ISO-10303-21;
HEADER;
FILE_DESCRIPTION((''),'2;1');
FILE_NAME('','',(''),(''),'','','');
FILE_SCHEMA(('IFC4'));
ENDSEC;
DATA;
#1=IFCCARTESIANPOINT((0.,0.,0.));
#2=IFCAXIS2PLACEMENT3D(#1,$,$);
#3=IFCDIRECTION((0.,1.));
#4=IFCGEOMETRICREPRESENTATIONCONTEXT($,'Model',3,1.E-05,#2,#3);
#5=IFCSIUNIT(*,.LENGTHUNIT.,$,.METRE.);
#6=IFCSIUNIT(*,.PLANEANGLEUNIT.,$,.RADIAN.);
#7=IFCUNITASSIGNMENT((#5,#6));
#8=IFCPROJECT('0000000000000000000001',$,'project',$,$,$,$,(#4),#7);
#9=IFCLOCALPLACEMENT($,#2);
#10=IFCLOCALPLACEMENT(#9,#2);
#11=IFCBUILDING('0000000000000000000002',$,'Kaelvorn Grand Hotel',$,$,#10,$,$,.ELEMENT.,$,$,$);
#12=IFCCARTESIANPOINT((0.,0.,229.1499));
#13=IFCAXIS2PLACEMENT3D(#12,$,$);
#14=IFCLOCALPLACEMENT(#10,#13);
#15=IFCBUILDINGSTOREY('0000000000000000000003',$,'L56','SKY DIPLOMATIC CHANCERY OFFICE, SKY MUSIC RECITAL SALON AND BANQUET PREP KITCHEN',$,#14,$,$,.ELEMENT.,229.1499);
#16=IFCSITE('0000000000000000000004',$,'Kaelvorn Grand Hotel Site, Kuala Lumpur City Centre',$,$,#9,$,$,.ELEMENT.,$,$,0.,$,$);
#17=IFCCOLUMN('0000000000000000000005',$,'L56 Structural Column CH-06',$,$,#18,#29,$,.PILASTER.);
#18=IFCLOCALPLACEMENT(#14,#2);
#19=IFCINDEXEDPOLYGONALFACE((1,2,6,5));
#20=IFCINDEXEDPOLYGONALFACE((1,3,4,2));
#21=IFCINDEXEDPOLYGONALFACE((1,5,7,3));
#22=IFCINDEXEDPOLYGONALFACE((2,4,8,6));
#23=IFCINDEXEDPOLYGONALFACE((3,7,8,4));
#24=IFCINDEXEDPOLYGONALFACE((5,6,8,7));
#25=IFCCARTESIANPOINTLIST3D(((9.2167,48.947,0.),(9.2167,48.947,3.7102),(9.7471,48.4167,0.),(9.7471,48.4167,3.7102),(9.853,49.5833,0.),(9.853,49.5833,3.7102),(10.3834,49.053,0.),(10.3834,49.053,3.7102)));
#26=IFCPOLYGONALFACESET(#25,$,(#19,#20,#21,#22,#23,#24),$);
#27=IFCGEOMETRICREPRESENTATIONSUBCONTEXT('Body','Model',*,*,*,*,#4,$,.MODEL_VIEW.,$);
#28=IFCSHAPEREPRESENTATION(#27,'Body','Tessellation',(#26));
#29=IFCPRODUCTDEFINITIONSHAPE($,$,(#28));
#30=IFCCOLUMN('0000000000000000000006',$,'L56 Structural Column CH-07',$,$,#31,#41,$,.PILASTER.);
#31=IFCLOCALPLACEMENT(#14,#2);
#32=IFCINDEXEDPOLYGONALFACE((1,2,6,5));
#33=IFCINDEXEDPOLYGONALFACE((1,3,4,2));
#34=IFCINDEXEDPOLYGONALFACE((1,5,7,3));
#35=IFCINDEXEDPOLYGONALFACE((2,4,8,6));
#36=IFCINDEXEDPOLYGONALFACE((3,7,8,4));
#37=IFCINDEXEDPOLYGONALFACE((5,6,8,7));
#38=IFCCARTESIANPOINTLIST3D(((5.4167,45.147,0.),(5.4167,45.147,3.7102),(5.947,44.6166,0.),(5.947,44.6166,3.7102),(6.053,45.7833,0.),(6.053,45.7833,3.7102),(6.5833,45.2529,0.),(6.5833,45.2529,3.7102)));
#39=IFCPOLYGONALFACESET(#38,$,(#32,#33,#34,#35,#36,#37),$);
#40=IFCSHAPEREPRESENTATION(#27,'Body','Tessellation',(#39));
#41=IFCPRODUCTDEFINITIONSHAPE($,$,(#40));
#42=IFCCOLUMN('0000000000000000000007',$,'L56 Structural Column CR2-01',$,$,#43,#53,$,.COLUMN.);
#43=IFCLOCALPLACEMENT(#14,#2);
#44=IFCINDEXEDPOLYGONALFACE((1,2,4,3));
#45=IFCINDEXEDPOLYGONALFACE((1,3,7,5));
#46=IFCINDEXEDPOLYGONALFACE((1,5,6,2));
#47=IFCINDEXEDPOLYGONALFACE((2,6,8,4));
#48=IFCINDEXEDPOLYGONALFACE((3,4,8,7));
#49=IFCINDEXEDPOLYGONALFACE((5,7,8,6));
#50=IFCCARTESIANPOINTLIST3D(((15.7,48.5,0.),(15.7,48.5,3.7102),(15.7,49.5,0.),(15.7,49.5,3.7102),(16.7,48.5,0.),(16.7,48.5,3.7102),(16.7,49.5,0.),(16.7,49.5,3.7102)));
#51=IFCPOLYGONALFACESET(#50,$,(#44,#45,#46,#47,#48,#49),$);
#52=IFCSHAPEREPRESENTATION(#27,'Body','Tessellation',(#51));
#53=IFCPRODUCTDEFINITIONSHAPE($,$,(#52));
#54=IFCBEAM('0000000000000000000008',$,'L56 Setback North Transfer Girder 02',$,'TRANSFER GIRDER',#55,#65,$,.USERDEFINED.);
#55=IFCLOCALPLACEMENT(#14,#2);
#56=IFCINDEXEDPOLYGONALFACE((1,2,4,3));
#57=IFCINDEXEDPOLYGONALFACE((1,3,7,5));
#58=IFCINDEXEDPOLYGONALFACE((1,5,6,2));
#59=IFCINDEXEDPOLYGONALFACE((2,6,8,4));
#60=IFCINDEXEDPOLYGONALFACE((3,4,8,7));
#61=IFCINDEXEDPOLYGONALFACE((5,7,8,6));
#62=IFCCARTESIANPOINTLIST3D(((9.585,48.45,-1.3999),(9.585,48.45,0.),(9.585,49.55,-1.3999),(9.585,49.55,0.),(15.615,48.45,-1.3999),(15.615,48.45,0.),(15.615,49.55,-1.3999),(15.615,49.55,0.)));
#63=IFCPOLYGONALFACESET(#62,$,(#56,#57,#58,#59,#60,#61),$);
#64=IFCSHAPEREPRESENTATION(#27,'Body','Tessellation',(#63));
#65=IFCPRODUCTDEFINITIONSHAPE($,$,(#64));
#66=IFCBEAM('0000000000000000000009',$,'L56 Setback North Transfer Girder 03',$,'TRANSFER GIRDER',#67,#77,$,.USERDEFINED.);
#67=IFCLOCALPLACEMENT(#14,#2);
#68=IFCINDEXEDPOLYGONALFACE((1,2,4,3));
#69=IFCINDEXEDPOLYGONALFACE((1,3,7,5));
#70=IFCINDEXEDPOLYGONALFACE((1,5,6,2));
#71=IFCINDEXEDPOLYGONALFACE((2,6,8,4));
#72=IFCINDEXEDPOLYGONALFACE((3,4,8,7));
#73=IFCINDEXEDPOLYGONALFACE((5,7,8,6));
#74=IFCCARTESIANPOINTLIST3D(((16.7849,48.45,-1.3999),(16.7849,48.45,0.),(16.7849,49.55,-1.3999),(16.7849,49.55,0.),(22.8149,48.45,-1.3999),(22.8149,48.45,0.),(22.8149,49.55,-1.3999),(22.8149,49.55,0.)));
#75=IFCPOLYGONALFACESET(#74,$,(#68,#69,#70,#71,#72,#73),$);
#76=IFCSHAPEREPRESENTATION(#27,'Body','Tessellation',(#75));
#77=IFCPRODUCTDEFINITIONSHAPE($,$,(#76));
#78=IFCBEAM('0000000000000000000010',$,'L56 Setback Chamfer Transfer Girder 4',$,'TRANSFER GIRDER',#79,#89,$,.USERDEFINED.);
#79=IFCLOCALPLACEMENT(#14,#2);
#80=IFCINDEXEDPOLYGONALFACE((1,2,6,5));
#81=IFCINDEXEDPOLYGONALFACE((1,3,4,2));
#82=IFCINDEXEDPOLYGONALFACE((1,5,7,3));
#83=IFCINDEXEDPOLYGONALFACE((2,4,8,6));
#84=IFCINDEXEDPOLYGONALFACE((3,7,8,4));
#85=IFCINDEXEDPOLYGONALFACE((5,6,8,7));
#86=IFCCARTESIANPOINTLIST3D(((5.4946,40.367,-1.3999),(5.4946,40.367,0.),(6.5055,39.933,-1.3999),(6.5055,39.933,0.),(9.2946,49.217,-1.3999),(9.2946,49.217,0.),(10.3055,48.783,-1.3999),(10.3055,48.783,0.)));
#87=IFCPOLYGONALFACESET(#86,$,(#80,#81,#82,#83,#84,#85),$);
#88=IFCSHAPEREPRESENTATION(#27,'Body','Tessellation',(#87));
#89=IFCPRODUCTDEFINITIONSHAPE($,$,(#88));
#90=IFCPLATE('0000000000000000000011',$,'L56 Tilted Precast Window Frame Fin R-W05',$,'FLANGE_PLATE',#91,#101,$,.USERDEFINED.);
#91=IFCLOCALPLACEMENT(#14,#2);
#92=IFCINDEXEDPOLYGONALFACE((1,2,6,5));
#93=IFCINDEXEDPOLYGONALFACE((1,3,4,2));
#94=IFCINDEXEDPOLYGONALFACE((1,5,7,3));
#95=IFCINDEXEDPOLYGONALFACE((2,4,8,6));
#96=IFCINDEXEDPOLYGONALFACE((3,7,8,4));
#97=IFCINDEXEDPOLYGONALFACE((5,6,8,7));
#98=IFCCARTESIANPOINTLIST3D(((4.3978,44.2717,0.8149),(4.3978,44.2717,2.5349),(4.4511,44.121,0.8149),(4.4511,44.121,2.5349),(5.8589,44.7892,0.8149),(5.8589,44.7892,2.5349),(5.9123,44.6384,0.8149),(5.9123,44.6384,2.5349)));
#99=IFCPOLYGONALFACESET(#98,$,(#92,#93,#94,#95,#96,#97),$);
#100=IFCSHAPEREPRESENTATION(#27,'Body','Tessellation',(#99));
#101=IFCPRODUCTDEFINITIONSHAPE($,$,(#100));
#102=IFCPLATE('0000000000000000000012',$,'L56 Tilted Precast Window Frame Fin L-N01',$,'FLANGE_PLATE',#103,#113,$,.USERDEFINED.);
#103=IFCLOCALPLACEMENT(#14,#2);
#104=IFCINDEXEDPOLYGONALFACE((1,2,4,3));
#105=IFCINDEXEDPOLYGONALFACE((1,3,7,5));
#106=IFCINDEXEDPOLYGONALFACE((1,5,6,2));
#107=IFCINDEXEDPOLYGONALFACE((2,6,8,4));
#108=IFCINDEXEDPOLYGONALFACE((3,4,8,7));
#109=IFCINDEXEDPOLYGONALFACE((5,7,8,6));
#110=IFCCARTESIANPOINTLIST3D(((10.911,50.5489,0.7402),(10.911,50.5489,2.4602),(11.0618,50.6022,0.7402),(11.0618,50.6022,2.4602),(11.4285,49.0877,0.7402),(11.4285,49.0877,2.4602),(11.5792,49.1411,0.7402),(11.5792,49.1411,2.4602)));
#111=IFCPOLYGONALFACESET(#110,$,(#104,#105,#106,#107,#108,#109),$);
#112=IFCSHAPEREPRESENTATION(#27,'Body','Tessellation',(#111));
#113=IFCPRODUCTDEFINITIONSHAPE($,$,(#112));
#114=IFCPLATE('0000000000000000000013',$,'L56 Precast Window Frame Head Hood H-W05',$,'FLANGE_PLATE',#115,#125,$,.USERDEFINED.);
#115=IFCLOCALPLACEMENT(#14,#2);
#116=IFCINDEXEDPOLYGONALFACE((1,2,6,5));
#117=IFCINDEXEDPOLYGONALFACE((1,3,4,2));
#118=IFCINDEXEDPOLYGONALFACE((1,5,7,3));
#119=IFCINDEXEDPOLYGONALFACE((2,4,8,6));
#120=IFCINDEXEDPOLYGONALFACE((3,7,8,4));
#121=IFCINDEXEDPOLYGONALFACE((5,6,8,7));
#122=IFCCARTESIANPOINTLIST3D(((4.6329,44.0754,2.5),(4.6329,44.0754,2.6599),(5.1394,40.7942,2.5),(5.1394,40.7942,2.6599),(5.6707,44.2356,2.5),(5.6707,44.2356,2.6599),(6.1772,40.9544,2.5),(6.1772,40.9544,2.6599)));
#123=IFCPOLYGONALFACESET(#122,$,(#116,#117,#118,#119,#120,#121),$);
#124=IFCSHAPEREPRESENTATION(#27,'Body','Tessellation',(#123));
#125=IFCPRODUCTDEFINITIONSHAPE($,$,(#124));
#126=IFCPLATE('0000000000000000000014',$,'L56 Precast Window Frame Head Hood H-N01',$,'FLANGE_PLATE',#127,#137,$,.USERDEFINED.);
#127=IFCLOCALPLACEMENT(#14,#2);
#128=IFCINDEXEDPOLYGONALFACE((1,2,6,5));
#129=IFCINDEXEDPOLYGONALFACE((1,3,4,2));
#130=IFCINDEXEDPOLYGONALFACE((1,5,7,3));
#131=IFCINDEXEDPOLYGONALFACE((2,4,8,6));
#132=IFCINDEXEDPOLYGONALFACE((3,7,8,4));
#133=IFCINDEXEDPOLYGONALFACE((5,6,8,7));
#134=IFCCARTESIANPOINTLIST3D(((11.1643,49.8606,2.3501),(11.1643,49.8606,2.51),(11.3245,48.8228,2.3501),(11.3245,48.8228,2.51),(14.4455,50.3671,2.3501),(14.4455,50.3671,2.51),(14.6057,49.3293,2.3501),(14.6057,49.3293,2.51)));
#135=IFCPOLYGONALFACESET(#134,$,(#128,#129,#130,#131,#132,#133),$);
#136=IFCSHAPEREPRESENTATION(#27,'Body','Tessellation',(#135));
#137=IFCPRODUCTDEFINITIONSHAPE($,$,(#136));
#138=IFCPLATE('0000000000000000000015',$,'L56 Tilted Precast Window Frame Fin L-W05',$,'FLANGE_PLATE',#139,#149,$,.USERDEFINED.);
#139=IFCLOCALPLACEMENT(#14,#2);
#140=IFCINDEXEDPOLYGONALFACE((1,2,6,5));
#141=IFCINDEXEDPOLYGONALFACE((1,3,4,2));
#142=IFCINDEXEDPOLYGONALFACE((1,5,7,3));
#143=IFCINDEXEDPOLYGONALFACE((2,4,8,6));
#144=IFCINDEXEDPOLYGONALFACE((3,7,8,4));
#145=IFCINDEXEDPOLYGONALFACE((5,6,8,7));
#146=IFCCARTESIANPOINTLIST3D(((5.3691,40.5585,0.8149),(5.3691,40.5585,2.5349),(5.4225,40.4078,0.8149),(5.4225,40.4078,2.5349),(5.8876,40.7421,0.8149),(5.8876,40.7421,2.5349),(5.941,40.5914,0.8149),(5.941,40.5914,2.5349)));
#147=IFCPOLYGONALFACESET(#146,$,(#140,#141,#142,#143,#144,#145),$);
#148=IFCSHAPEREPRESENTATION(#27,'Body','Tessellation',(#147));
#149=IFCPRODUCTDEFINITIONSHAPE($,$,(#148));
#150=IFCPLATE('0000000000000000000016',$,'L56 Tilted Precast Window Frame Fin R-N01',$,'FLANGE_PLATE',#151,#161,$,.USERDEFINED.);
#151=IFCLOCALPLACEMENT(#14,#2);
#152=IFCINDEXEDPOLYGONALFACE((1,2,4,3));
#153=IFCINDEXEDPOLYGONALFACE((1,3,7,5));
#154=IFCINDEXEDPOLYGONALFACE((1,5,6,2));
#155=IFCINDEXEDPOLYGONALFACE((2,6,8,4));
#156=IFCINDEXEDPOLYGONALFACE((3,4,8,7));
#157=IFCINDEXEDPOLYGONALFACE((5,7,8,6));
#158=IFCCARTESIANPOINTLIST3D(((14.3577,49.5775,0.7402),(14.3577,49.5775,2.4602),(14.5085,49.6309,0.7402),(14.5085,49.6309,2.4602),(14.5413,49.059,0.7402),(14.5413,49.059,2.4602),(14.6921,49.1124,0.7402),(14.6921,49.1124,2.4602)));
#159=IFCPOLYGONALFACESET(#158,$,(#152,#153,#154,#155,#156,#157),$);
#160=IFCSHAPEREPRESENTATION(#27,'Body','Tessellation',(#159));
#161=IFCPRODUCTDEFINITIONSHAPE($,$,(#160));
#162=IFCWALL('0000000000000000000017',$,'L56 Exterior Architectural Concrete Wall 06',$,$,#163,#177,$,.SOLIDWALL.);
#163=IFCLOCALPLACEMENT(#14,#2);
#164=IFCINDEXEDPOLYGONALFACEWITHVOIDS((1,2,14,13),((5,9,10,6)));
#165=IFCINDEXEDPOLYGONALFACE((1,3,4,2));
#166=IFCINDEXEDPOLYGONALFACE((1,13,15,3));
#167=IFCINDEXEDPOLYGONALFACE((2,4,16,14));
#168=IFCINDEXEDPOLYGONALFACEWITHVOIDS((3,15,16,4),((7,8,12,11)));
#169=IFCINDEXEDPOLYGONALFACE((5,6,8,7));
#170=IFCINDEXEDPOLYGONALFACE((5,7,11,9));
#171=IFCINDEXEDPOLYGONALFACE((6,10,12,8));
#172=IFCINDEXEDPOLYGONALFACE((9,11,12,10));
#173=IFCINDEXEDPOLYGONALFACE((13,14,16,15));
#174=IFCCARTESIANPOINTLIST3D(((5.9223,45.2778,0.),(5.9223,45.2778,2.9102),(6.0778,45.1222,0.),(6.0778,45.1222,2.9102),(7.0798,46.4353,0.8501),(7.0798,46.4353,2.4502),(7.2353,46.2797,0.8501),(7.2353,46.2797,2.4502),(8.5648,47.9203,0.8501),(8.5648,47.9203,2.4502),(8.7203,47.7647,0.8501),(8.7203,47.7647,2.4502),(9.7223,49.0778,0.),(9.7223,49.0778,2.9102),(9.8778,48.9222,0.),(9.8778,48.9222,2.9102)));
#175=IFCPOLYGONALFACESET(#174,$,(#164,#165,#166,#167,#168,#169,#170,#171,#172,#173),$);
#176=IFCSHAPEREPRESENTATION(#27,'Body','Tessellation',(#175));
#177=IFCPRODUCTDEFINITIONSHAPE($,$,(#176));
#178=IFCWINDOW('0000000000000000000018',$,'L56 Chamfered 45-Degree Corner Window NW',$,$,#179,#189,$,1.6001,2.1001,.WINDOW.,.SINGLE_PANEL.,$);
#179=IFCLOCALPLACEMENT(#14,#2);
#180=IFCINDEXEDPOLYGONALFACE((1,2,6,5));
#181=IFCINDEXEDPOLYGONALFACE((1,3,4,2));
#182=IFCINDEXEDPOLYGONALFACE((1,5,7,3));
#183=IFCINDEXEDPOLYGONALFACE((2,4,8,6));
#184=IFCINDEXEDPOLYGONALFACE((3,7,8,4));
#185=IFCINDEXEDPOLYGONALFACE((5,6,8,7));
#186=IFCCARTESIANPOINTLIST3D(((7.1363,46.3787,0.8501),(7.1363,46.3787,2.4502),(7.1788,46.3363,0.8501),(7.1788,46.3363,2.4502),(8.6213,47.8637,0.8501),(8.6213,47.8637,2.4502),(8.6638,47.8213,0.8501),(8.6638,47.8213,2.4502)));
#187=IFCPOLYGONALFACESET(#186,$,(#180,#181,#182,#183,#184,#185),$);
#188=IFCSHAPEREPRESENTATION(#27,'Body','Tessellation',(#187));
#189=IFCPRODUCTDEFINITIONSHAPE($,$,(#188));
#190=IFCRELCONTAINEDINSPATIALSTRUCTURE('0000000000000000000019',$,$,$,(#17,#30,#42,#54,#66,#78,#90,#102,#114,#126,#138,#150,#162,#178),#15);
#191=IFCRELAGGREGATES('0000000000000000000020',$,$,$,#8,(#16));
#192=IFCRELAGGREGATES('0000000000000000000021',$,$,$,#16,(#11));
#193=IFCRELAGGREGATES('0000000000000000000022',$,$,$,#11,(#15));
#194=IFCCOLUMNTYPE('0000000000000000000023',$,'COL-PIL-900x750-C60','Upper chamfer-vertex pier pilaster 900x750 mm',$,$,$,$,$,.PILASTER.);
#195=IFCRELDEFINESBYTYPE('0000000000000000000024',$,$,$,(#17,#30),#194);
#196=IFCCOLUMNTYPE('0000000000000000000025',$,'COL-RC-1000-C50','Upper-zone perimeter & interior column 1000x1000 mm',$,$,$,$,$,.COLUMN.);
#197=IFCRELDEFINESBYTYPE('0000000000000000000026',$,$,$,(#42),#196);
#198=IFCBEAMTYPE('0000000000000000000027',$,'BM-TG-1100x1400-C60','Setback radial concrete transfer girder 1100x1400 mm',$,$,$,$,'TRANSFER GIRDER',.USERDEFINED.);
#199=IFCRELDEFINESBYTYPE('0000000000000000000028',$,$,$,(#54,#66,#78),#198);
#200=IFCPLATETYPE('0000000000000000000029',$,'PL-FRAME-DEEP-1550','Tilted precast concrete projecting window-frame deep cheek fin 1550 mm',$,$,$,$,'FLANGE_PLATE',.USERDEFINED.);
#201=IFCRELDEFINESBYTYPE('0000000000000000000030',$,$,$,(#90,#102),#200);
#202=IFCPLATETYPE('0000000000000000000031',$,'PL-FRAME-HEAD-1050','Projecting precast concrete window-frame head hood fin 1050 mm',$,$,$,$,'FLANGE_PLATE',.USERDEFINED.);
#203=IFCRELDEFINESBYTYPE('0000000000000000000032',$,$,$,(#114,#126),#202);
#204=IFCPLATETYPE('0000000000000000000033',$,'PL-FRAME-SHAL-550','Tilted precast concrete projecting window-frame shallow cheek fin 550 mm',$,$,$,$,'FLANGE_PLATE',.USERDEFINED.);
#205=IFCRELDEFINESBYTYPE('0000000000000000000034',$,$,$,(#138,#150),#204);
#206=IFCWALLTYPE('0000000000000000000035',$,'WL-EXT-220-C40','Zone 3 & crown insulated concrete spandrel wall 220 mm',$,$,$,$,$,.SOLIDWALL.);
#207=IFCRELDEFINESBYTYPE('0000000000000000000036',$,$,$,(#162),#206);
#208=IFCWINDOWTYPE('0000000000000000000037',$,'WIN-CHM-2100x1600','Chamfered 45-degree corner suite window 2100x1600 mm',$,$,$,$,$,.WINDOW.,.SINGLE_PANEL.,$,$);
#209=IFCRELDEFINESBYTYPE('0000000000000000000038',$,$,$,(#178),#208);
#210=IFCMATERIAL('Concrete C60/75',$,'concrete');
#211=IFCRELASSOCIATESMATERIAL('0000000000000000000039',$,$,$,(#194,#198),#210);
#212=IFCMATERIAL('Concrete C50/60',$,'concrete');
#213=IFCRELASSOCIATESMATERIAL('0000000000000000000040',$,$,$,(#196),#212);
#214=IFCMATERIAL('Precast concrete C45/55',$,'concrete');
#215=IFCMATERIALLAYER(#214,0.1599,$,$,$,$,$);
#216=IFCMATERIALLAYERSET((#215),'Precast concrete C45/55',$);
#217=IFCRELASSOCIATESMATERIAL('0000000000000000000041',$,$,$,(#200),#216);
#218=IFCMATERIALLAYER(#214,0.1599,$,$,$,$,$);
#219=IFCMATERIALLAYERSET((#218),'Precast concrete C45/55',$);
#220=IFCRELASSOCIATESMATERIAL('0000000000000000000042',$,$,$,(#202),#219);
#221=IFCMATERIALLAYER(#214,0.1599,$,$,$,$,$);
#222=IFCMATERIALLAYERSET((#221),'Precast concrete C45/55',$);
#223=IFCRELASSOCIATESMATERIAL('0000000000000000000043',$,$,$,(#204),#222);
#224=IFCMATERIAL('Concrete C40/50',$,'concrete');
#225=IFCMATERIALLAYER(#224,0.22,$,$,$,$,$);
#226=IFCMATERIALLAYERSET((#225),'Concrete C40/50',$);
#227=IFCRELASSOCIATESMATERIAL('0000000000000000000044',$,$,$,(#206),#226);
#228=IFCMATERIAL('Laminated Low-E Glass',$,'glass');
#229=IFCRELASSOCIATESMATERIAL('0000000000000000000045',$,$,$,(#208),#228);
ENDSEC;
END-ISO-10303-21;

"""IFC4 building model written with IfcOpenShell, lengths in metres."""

from ifc_helpers import new_model, si_unit, direction, frame, frame_2d, origin, origin_2d, place, context, subcontext, project, spatial, rectangle, extrude, material, layer, layer_set, material_profile, profile_set, type_object, element, fill, save


model = new_model("IFC4")

# Units and contexts
model_context = context("Model", 3, precision=1e-05, world=origin(), true_north=direction((0.0, 1.0)))
body_context = subcontext(model_context, "Body", "Model", "MODEL_VIEW")
ifc_project = project(units=[si_unit("LENGTHUNIT", "METRE"), si_unit("PLANEANGLEUNIT", "RADIAN")], contexts=[model_context])

# Site, building, storey
site_placement = place(None, origin())
site = spatial("IfcSite", under=ifc_project, at=site_placement, Name="Kaelvorn Grand Hotel Site, Kuala Lumpur City Centre", CompositionType="ELEMENT", RefElevation=0.0)
building_placement = place(site_placement, origin())
building = spatial("IfcBuilding", under=site, at=building_placement, Name="Kaelvorn Grand Hotel", CompositionType="ELEMENT")
storey_placement = place(building_placement, frame((0.0, 0.0, 229.1499)))
storey = spatial("IfcBuildingStorey", under=building, at=storey_placement, Name="L56", Description="SKY DIPLOMATIC CHANCERY OFFICE, SKY MUSIC RECITAL SALON AND BANQUET PREP KITCHEN", CompositionType="ELEMENT", Elevation=229.1499)

# Columns
ifc_material_1 = material(Name="Concrete C60/75", Category="concrete")
ifc_material_profile_1 = material_profile(ifc_material_1, rectangle(XDim=0.8999, YDim=0.75, at=origin_2d()), Name="RC PILASTER 900x750")
ifc_profile_set_1 = profile_set([ifc_material_profile_1], Name="Concrete C60/75")
column_type_1 = type_object("IfcColumnType", Name="COL-PIL-900x750-C60", Description="Upper chamfer-vertex pier pilaster 900x750 mm", PredefinedType="PILASTER", material=ifc_profile_set_1)
for number, where, z_axis, x_axis, name in (
    (1, (9.8, 49.0, 0.0), (0.0, 0.0, 1.0), (0.707107, 0.707107, 0.0), "L56 Structural Column CH-06"),
    (2, (6.0, 45.2, 0.0), (0.0, 0.0, 1.0), (0.707107, 0.707107, 0.0), "L56 Structural Column CH-07"),
):
    element("IfcColumn", number, at=place(storey_placement, frame(where, z_axis=z_axis, x_axis=x_axis)), inside=storey, type_object=column_type_1, Name=name, PredefinedType="PILASTER", context=body_context, shape_type="SweptSolid", body=[
        extrude(rectangle(XDim=0.8999, YDim=0.75, at=origin_2d()), origin(), (0.0, 0.0, 1.0), 3.7102),
    ])
ifc_material_2 = material(Name="Concrete C50/60", Category="concrete")
ifc_material_profile_2 = material_profile(ifc_material_2, rectangle(XDim=1.0, YDim=1.0, at=origin_2d()), Name="RC COL 1000x1000")
ifc_profile_set_2 = profile_set([ifc_material_profile_2], Name="Concrete C50/60")
column_type_2 = type_object("IfcColumnType", Name="COL-RC-1000-C50", Description="Upper-zone perimeter & interior column 1000x1000 mm", PredefinedType="COLUMN", material=ifc_profile_set_2)
column_placement = place(storey_placement, frame((16.2, 49.0, 0.0), z_axis=(0.0, 0.0, 1.0), x_axis=(1.0, 0.0, 0.0)))
element("IfcColumn", 3, at=column_placement, inside=storey, type_object=column_type_2, Name="L56 Structural Column CR2-01", PredefinedType="COLUMN", context=body_context, shape_type="SweptSolid", body=[
    extrude(rectangle(XDim=1.0, YDim=1.0, at=origin_2d()), origin(), (0.0, 0.0, 1.0), 3.7102),
])

# Beams
ifc_material_profile_3 = material_profile(ifc_material_1, rectangle(XDim=1.1001, YDim=1.3999, at=origin_2d()), Name="RC TG 1100x1400")
ifc_profile_set_3 = profile_set([ifc_material_profile_3], Name="Concrete C60/75")
beam_type = type_object("IfcBeamType", Name="BM-TG-1100x1400-C60", Description="Setback radial concrete transfer girder 1100x1400 mm", ElementType="TRANSFER GIRDER", PredefinedType="USERDEFINED", material=ifc_profile_set_3)
for number, where, z_axis, x_axis, name in (
    (4, (9.585, 49.0, -0.7), (1.0, 0.0, 0.0), (0.0, 1.0, 0.0), "L56 Setback North Transfer Girder 02"),
    (5, (16.7849, 49.0, -0.7), (1.0, 0.0, 0.0), (0.0, 1.0, 0.0), "L56 Setback North Transfer Girder 03"),
):
    element("IfcBeam", number, at=place(storey_placement, frame(where, z_axis=z_axis, x_axis=x_axis)), inside=storey, type_object=beam_type, Name=name, ObjectType="TRANSFER GIRDER", PredefinedType="USERDEFINED", context=body_context, shape_type="SweptSolid", body=[
        extrude(rectangle(XDim=1.1001, YDim=1.3999, at=origin_2d()), origin(), (0.0, 0.0, 1.0), 6.03),
    ])
beam_placement = place(storey_placement, frame((9.8, 49.0, -0.7), z_axis=(-0.394546, -0.918876, 0.0), x_axis=(0.918876, -0.394546, 0.0)))
element("IfcBeam", 6, at=beam_placement, inside=storey, type_object=beam_type, Name="L56 Setback Chamfer Transfer Girder 4", ObjectType="TRANSFER GIRDER", PredefinedType="USERDEFINED", context=body_context, shape_type="SweptSolid", body=[
    extrude(rectangle(XDim=1.1001, YDim=1.3999, at=origin_2d()), origin(), (0.0, 0.0, 1.0), 9.6313),
])

# Plates
ifc_material_3 = material(Name="Precast concrete C45/55", Category="concrete")
ifc_layer_1 = layer(ifc_material_3, 0.1599)
ifc_layer_set_1 = layer_set([ifc_layer_1], Name="Precast concrete C45/55")
plate_type_1 = type_object("IfcPlateType", Name="PL-FRAME-DEEP-1550", Description="Tilted precast concrete projecting window-frame deep cheek fin 1550 mm", ElementType="FLANGE_PLATE", PredefinedType="USERDEFINED", material=ifc_layer_set_1)
for number, where, z_axis, x_axis, name in (
    (7, (5.155, 44.4551, 0.8149), (0.0, 0.0, 1.0), (-0.333807, 0.942641, 0.0), "L56 Tilted Precast Window Frame Fin R-W05"),
    (8, (11.2451, 49.845, 0.7402), (0.0, 0.0, 1.0), (0.942641, 0.333807, 0.0), "L56 Tilted Precast Window Frame Fin L-N01"),
):
    element("IfcPlate", number, at=place(storey_placement, frame(where, z_axis=z_axis, x_axis=x_axis)), inside=storey, type_object=plate_type_1, Name=name, ObjectType="FLANGE_PLATE", PredefinedType="USERDEFINED", context=body_context, shape_type="SweptSolid", body=[
        extrude(rectangle(XDim=0.1599, YDim=1.55, at=origin_2d()), origin(), (0.0, 0.0, 1.0), 1.72),
    ])
ifc_layer_2 = layer(ifc_material_3, 0.1599)
ifc_layer_set_2 = layer_set([ifc_layer_2], Name="Precast concrete C45/55")
plate_type_2 = type_object("IfcPlateType", Name="PL-FRAME-HEAD-1050", Description="Projecting precast concrete window-frame head hood fin 1050 mm", ElementType="FLANGE_PLATE", PredefinedType="USERDEFINED", material=ifc_layer_set_2)
for number, where, z_axis, x_axis, name in (
    (9, (5.405, 42.5149, 2.5), (0.0, 0.0, 1.0), (-0.152555, 0.988295, 0.0), "L56 Precast Window Frame Head Hood H-W05"),
    (10, (12.885, 49.595, 2.3501), (0.0, 0.0, 1.0), (0.988295, 0.152555, 0.0), "L56 Precast Window Frame Head Hood H-N01"),
):
    element("IfcPlate", number, at=place(storey_placement, frame(where, z_axis=z_axis, x_axis=x_axis)), inside=storey, type_object=plate_type_2, Name=name, ObjectType="FLANGE_PLATE", PredefinedType="USERDEFINED", context=body_context, shape_type="SweptSolid", body=[
        extrude(rectangle(XDim=3.3201, YDim=1.05, at=origin_2d()), origin(), (0.0, 0.0, 1.0), 0.1599),
    ])
ifc_layer_3 = layer(ifc_material_3, 0.1599)
ifc_layer_set_3 = layer_set([ifc_layer_3], Name="Precast concrete C45/55")
plate_type_3 = type_object("IfcPlateType", Name="PL-FRAME-SHAL-550", Description="Tilted precast concrete projecting window-frame shallow cheek fin 550 mm", ElementType="FLANGE_PLATE", PredefinedType="USERDEFINED", material=ifc_layer_set_3)
for number, where, z_axis, x_axis, name in (
    (11, (5.655, 40.575, 0.8149), (0.0, 0.0, 1.0), (-0.333807, 0.942641, 0.0), "L56 Tilted Precast Window Frame Fin L-W05"),
    (12, (14.5249, 49.345, 0.7402), (0.0, 0.0, 1.0), (0.942641, 0.333807, 0.0), "L56 Tilted Precast Window Frame Fin R-N01"),
):
    element("IfcPlate", number, at=place(storey_placement, frame(where, z_axis=z_axis, x_axis=x_axis)), inside=storey, type_object=plate_type_3, Name=name, ObjectType="FLANGE_PLATE", PredefinedType="USERDEFINED", context=body_context, shape_type="SweptSolid", body=[
        extrude(rectangle(XDim=0.1599, YDim=0.55, at=origin_2d()), origin(), (0.0, 0.0, 1.0), 1.72),
    ])

# Wall, opening, window
ifc_material_4 = material(Name="Concrete C40/50", Category="concrete")
ifc_layer_4 = layer(ifc_material_4, 0.22)
ifc_layer_set_4 = layer_set([ifc_layer_4], Name="Concrete C40/50")
wall_type_1 = type_object("IfcWallType", Name="WL-EXT-220-C40", Description="Zone 3 & crown insulated concrete spandrel wall 220 mm", PredefinedType="SOLIDWALL", material=ifc_layer_set_4)
wall_1_placement = place(storey_placement, frame((9.8, 49.0, 0.0), z_axis=(0.0, 0.0, 1.0), x_axis=(-0.707107, -0.707107, 0.0)))
wall_1 = element("IfcWall", 13, at=wall_1_placement, inside=storey, type_object=wall_type_1, Name="L56 Exterior Architectural Concrete Wall 06", PredefinedType="SOLIDWALL", context=body_context, shape_type="SweptSolid", body=[
    extrude(rectangle(XDim=5.374, YDim=0.22, at=frame_2d((2.687, 0.0))), origin(), (0.0, 0.0, 1.0), 2.9102),
])
opening_1_placement = place(wall_1_placement, frame((1.637, 0.0, 0.8501)))
opening_1 = element("IfcOpeningElement", 14, at=opening_1_placement, cuts=wall_1, PredefinedType="OPENING", context=body_context, shape_type="SweptSolid", body=[
    extrude(rectangle(XDim=2.1001, YDim=1.6001, at=frame_2d((1.05, 0.8))), frame((0.0, 0.1201, 0.0), z_axis=(0.0, -1.0, 0.0), x_axis=(1.0, 0.0, 0.0)), (0.0, 0.0, 1.0), 0.24),
])
ifc_material_5 = material(Name="Laminated Low-E Glass", Category="glass")
window_type_1 = type_object("IfcWindowType", Name="WIN-CHM-2100x1600", Description="Chamfered 45-degree corner suite window 2100x1600 mm", PartitioningType="SINGLE_PANEL", PredefinedType="WINDOW", material=ifc_material_5)
window_1_placement = place(opening_1_placement, origin())
window_1 = element("IfcWindow", 15, at=window_1_placement, inside=storey, type_object=window_type_1, Name="L56 Chamfered 45-Degree Corner Window NW", OverallHeight=1.6001, OverallWidth=2.1001, PartitioningType="SINGLE_PANEL", PredefinedType="WINDOW", context=body_context, shape_type="SweptSolid", body=[
    extrude(rectangle(XDim=2.1001, YDim=1.6001, at=frame_2d((1.05, 0.8))), frame((0.0, 0.03, 0.0), z_axis=(0.0, -1.0, 0.0), x_axis=(1.0, 0.0, 0.0)), (0.0, 0.0, 1.0), 0.0601),
])
fill(opening_1, window_1)

save(model, "model.ifc")
